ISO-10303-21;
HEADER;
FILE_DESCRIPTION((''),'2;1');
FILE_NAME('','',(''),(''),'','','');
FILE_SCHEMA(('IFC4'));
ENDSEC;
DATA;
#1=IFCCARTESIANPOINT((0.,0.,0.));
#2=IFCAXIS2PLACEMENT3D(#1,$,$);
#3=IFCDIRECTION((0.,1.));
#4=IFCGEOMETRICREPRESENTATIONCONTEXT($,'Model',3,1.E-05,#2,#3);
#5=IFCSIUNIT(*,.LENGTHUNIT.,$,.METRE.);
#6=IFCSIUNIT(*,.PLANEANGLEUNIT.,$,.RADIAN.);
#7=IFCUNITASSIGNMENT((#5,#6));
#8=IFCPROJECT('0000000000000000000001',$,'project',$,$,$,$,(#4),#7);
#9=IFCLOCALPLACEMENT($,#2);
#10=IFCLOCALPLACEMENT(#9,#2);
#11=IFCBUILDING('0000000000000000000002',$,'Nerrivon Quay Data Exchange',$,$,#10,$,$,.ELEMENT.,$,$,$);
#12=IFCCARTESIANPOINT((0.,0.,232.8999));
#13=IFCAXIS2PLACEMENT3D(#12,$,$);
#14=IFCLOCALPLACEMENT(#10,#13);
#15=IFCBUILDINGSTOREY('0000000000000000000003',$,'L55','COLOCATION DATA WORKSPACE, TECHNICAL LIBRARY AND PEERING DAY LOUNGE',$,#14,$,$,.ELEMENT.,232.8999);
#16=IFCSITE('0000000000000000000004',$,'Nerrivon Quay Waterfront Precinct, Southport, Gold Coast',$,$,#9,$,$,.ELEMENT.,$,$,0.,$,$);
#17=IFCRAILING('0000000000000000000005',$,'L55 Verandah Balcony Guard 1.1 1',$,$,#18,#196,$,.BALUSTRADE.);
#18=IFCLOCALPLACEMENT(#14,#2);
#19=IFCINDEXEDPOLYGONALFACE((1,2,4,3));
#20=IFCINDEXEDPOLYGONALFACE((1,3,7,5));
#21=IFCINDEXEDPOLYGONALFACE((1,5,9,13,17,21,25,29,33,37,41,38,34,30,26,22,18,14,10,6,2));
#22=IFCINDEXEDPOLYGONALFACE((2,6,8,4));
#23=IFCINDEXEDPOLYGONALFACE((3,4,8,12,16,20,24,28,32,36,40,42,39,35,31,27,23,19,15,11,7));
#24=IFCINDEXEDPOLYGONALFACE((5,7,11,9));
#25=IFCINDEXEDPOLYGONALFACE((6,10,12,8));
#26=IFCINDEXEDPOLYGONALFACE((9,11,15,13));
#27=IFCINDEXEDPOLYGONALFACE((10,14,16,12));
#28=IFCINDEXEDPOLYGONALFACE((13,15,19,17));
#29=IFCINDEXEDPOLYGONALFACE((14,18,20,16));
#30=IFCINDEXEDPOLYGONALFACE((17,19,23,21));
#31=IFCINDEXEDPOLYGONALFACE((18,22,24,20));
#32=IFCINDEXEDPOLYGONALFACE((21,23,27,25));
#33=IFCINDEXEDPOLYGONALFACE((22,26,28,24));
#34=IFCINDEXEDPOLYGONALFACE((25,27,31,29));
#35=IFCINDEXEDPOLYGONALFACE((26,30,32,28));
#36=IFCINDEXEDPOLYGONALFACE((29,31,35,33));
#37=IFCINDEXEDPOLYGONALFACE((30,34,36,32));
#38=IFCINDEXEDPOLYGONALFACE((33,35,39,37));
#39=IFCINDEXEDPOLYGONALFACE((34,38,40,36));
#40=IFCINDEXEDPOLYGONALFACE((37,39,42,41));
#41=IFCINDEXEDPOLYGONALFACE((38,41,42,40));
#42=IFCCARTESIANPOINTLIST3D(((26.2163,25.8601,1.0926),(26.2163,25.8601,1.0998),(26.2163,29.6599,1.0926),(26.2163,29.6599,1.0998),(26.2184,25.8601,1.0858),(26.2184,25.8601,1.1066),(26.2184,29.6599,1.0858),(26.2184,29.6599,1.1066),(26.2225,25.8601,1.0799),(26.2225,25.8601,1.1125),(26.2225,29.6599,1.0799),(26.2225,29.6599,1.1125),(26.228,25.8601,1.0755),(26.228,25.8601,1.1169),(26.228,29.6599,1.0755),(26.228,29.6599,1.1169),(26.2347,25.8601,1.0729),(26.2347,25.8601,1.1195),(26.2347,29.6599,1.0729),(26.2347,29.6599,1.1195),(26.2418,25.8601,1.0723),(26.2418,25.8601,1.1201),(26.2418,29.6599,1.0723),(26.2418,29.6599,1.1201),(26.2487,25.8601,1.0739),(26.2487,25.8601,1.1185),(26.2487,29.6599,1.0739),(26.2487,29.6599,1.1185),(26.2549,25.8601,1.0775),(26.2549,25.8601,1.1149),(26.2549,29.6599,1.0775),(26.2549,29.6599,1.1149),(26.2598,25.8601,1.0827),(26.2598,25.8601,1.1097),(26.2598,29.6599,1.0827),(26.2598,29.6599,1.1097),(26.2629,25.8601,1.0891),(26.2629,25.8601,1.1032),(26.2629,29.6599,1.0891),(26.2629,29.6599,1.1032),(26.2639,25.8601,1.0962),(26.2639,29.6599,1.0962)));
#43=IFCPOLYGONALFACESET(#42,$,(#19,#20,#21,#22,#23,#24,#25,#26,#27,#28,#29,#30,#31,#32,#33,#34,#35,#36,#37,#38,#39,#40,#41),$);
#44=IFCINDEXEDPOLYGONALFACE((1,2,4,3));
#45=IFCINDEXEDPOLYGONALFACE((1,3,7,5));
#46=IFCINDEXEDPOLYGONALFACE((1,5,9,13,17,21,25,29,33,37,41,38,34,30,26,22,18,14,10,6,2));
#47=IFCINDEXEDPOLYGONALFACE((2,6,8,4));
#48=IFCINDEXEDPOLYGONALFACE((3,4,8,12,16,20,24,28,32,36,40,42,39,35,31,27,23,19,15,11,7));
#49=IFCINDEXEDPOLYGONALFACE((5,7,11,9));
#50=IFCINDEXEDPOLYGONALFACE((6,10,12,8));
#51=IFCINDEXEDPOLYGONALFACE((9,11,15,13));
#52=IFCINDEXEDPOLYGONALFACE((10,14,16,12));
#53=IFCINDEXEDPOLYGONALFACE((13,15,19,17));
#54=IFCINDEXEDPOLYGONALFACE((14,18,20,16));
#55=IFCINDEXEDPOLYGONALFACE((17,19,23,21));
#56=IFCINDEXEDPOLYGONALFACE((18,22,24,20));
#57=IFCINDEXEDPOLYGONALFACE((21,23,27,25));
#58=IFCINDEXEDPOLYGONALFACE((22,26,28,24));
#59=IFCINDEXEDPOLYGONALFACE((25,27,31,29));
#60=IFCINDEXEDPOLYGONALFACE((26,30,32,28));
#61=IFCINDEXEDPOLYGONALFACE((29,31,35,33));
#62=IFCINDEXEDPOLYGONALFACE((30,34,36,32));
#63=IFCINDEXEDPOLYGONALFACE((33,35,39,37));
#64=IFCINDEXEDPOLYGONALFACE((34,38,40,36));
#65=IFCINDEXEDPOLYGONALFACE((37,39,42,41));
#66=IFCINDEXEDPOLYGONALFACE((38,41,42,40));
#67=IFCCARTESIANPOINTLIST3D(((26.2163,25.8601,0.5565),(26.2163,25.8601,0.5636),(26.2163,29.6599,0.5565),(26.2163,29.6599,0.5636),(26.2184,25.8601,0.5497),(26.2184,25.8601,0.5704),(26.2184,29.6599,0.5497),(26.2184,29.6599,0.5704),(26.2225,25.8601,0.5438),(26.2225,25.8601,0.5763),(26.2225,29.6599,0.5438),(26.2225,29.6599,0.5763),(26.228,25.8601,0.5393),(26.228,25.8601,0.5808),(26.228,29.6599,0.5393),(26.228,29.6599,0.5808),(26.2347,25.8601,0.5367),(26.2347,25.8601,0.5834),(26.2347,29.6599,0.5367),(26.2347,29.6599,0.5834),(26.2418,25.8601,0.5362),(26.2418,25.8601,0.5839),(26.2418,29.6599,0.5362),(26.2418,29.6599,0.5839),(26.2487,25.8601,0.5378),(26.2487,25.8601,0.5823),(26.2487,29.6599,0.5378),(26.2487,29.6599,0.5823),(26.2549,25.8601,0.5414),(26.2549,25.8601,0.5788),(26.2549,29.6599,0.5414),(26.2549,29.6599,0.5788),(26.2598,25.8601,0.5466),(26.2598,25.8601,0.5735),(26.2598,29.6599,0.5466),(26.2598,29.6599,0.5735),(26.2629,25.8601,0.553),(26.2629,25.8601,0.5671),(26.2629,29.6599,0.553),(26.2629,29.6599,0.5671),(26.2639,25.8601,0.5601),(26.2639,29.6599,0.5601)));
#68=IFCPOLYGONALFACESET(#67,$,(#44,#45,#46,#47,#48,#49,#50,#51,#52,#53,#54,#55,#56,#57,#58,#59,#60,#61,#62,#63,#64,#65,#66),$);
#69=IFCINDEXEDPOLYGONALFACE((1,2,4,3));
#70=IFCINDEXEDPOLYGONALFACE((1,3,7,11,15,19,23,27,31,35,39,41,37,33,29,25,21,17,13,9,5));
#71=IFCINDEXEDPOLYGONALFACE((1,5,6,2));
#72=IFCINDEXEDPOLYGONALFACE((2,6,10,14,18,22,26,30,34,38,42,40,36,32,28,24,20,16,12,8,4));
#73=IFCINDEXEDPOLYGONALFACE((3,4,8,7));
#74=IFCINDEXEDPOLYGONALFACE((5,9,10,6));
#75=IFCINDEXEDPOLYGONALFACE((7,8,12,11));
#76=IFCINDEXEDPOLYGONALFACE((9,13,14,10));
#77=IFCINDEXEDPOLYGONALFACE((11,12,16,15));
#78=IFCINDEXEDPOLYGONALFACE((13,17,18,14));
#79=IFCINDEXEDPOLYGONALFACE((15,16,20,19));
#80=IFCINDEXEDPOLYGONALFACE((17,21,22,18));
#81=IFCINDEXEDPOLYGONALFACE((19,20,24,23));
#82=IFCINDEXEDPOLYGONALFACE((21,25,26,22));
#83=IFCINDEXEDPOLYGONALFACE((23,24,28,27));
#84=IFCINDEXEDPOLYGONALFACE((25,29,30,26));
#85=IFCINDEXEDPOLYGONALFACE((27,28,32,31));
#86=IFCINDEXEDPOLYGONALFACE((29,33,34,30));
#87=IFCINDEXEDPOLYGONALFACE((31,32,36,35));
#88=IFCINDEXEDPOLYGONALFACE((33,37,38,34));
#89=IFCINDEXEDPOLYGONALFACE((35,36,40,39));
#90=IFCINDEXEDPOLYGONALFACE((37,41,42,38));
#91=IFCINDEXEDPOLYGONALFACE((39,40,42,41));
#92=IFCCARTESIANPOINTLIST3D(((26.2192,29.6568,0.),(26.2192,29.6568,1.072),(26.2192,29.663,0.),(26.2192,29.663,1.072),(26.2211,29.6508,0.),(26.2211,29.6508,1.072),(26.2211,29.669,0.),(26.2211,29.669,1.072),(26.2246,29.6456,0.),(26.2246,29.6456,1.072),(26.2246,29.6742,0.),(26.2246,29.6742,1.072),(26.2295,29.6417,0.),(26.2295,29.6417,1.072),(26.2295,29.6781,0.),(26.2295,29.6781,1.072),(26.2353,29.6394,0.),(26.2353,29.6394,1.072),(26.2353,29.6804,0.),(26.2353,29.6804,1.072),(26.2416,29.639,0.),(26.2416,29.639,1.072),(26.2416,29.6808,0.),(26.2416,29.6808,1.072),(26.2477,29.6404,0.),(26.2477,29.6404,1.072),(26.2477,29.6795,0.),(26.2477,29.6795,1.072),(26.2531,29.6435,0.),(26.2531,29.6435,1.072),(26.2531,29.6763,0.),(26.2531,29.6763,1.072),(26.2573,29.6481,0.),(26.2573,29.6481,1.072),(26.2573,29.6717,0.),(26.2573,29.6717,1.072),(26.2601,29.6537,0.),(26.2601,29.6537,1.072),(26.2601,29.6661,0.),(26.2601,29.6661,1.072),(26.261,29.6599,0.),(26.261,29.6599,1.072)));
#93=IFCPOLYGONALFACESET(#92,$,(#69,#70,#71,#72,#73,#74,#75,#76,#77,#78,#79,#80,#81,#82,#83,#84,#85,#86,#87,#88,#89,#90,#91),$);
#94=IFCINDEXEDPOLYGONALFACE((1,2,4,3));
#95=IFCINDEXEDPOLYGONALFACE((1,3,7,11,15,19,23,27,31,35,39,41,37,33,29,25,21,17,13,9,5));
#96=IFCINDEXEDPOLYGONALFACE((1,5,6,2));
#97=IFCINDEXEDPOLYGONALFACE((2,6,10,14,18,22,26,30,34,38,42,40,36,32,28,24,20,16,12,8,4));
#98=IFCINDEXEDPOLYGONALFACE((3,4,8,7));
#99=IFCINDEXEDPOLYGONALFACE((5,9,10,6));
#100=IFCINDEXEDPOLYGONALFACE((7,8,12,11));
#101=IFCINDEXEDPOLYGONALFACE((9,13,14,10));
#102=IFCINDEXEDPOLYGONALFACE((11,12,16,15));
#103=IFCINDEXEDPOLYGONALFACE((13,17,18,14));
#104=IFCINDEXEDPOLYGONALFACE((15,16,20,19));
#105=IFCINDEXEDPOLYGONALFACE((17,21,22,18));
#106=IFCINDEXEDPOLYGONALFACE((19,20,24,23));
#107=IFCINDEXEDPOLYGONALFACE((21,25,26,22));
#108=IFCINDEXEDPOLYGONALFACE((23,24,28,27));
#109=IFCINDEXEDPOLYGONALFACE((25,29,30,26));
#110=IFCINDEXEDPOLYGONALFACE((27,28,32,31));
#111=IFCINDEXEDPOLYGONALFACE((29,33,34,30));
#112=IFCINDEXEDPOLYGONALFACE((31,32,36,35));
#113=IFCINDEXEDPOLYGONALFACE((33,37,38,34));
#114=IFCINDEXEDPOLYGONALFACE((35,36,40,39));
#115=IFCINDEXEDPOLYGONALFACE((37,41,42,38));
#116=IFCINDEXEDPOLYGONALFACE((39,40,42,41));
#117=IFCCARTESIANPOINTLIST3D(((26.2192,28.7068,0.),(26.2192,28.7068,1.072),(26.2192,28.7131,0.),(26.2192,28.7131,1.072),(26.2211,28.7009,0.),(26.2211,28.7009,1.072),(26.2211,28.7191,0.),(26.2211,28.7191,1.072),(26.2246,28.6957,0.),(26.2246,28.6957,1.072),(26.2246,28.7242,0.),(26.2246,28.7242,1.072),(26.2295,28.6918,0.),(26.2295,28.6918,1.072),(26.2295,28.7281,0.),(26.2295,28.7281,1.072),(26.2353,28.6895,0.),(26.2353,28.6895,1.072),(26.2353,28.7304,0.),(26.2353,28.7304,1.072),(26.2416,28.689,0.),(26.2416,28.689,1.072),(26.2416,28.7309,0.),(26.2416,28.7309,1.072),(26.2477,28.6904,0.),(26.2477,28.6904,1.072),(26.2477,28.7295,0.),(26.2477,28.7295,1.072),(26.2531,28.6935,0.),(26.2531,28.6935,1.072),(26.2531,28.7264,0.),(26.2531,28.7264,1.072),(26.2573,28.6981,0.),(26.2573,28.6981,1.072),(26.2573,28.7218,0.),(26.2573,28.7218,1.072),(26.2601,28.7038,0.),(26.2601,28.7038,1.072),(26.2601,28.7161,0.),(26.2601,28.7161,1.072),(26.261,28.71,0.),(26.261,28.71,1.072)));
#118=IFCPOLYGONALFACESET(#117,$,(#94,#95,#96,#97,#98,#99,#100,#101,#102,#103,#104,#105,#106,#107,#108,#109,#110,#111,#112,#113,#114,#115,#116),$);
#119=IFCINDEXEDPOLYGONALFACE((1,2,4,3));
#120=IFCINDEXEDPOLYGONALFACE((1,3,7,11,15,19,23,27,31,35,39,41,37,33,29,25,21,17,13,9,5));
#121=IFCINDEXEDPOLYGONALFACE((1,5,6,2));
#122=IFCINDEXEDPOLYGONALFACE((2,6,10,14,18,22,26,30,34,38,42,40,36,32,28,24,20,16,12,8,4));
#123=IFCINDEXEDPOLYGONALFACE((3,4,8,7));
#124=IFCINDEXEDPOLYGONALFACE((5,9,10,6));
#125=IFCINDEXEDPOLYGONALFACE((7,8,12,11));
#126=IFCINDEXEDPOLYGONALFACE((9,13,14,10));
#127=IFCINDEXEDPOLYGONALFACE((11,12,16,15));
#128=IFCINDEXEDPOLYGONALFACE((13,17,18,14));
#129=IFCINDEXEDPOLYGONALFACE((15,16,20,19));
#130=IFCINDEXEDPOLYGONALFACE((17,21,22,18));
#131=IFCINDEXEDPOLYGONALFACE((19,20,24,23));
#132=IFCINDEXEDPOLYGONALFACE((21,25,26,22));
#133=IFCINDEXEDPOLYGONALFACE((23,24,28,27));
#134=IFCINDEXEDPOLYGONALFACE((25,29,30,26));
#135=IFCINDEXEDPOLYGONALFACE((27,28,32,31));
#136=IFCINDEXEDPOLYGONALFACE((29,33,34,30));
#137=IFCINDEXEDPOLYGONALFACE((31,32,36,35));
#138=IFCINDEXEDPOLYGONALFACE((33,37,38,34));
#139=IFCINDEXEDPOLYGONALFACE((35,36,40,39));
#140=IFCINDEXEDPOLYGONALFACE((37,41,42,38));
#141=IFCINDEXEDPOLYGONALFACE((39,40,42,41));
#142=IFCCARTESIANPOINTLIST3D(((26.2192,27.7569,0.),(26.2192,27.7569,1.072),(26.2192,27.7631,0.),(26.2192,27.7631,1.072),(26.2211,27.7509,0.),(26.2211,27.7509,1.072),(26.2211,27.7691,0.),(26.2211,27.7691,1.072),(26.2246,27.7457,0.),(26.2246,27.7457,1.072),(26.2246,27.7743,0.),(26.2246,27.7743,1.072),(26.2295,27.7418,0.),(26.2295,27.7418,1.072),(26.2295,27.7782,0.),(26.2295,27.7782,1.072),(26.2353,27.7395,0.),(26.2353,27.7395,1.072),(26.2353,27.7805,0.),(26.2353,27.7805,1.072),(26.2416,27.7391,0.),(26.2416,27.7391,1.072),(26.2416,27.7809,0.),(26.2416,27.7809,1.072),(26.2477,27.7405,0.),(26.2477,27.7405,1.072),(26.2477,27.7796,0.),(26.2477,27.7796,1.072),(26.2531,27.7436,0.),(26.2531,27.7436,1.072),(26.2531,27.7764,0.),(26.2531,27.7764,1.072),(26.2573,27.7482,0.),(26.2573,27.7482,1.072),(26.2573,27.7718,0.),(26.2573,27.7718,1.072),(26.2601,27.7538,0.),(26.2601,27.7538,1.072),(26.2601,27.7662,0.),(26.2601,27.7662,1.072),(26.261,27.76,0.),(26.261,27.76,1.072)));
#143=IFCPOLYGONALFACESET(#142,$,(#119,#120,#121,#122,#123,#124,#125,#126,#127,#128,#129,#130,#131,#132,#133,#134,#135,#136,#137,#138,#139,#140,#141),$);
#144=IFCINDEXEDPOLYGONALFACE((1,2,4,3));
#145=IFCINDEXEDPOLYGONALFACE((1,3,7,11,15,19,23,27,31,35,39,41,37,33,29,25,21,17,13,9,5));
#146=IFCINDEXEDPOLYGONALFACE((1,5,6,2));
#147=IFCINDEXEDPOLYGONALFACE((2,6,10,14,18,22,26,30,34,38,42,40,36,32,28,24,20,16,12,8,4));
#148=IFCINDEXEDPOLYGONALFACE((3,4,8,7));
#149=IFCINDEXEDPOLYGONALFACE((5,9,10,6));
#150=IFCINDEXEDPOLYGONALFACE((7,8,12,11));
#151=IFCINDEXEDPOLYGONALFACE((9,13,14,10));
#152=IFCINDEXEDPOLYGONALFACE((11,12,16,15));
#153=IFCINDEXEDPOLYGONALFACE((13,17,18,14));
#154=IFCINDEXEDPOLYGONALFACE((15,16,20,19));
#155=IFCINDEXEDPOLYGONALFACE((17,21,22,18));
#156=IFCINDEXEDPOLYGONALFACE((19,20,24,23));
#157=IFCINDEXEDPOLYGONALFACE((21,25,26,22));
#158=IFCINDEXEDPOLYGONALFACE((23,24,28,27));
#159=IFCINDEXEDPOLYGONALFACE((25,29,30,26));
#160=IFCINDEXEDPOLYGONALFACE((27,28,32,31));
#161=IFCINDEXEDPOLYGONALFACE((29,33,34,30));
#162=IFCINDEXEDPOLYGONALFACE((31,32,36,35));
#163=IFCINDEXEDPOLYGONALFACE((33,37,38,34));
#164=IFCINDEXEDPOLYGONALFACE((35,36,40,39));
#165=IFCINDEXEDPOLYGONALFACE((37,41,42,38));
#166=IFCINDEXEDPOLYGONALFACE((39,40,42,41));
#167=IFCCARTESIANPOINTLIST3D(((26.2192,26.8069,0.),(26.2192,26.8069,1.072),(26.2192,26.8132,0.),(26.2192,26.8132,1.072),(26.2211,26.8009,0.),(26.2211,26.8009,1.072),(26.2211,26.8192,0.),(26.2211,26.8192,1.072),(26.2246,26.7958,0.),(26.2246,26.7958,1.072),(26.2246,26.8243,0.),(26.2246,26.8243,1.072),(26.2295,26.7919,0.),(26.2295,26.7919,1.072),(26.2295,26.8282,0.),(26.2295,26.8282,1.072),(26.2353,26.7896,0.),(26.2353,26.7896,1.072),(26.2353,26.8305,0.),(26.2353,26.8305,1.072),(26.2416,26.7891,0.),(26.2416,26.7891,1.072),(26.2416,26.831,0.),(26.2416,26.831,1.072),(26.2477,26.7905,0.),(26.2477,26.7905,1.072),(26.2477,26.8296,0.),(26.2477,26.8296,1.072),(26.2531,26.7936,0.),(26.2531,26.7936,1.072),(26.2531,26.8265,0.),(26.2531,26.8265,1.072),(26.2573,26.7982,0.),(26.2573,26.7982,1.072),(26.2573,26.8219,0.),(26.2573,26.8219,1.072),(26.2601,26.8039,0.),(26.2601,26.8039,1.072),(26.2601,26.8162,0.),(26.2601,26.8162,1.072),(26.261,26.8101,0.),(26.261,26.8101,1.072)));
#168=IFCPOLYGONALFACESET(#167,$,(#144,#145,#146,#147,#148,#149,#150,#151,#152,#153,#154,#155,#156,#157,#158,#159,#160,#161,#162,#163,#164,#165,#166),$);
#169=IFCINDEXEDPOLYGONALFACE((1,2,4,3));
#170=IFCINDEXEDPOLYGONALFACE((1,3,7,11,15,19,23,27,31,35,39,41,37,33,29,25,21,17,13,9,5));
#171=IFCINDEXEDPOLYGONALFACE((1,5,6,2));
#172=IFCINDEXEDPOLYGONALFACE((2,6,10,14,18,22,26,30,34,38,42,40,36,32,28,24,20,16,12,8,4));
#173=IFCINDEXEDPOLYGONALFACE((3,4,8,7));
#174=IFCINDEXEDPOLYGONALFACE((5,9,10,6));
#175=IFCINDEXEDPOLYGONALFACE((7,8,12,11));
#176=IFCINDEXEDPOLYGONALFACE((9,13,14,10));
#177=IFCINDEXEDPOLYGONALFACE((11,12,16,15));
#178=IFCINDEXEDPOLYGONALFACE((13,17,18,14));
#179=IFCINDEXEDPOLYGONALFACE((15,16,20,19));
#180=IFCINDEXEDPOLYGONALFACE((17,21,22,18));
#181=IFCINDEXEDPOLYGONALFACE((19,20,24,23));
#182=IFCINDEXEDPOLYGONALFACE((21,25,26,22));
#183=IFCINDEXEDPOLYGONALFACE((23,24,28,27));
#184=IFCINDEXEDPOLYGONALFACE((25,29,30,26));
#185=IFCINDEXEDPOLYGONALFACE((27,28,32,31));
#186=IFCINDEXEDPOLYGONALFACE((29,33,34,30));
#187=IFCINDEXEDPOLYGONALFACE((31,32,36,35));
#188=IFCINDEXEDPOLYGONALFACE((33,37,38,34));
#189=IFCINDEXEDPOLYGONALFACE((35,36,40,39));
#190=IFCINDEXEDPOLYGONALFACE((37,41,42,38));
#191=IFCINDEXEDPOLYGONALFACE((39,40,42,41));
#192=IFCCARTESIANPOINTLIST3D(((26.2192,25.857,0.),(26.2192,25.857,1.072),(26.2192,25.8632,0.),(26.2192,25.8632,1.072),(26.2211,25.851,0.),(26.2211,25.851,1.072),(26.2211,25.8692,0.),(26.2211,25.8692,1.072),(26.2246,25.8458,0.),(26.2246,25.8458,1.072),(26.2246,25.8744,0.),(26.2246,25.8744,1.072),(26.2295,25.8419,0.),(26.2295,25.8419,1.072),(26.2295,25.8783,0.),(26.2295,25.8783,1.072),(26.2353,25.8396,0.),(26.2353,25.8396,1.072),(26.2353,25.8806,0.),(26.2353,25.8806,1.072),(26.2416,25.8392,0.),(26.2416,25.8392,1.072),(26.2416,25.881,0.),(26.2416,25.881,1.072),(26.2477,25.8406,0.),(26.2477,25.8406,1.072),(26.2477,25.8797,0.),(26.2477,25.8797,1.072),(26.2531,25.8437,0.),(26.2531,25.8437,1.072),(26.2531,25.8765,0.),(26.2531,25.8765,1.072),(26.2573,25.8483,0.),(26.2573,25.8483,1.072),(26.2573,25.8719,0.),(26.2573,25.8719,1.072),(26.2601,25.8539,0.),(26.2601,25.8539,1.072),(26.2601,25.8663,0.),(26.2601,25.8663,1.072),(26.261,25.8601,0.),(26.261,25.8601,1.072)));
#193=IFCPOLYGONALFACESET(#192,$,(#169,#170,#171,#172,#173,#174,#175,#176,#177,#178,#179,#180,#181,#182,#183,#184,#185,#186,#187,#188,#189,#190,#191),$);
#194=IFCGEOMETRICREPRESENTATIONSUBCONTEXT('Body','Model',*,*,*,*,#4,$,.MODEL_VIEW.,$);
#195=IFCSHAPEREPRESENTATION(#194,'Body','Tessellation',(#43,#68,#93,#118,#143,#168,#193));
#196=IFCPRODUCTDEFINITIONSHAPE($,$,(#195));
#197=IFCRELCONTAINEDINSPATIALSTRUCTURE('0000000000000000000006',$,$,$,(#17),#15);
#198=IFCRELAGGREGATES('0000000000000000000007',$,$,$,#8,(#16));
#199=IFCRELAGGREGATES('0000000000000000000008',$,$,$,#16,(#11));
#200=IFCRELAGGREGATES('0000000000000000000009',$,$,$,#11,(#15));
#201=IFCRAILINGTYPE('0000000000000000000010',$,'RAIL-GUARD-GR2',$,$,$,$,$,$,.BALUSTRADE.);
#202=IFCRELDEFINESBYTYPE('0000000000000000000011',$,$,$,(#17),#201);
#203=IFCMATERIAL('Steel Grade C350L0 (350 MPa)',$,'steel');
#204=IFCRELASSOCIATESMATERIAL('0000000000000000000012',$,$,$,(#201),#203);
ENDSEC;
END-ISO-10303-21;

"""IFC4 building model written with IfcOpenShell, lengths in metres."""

from ifc_helpers import new_model, si_unit, direction, frame, origin, origin_2d, place, context, subcontext, project, spatial, circle, extrude, material, type_object, element, save


model = new_model("IFC4")

# Units and contexts
model_context = context("Model", 3, precision=1e-05, world=origin(), true_north=direction((0.0, 1.0)))
body_context = subcontext(model_context, "Body", "Model", "MODEL_VIEW")
ifc_project = project(units=[si_unit("LENGTHUNIT", "METRE"), si_unit("PLANEANGLEUNIT", "RADIAN")], contexts=[model_context])

# Site, building, storey
site_placement = place(None, origin())
site = spatial("IfcSite", under=ifc_project, at=site_placement, Name="Nerrivon Quay Waterfront Precinct, Southport, Gold Coast", CompositionType="ELEMENT", RefElevation=0.0)
building_placement = place(site_placement, origin())
building = spatial("IfcBuilding", under=site, at=building_placement, Name="Nerrivon Quay Data Exchange", CompositionType="ELEMENT")
storey_placement = place(building_placement, frame((0.0, 0.0, 232.8999)))
storey = spatial("IfcBuildingStorey", under=building, at=storey_placement, Name="L55", Description="COLOCATION DATA WORKSPACE, TECHNICAL LIBRARY AND PEERING DAY LOUNGE", CompositionType="ELEMENT", Elevation=232.8999)

# Shared definitions
ifc_material_1 = material(Name="Steel Grade C350L0 (350 MPa)", Category="steel")

# Railing
railing_type = type_object("IfcRailingType", Name="RAIL-GUARD-GR2", PredefinedType="BALUSTRADE", material=ifc_material_1)
railing_1_placement = place(storey_placement, frame((26.24, 29.6599, 0.0)))
element("IfcRailing", 1, at=railing_1_placement, inside=storey, type_object=railing_type, Name="L55 Verandah Balcony Guard 1.1 1", PredefinedType="BALUSTRADE", context=body_context, shape_type="SweptSolid", body=[
    extrude(circle(Radius=0.0239, at=origin_2d()), frame((0.0, 0.0, 1.0962), z_axis=(0.0, -1.0, 0.0), x_axis=(1.0, 0.0, 0.0)), (0.0, 0.0, 1.0), 3.7998),
    extrude(circle(Radius=0.0239, at=origin_2d()), frame((0.0, 0.0, 0.5601), z_axis=(0.0, -1.0, 0.0), x_axis=(1.0, 0.0, 0.0)), (0.0, 0.0, 1.0), 3.7998),
    extrude(circle(Radius=0.021, at=origin_2d()), origin(), (0.0, 0.0, 1.0), 1.072),
    extrude(circle(Radius=0.021, at=origin_2d()), frame((0.0, -0.95, 0.0)), (0.0, 0.0, 1.0), 1.072),
    extrude(circle(Radius=0.021, at=origin_2d()), frame((0.0, -1.8999, 0.0)), (0.0, 0.0, 1.0), 1.072),
    extrude(circle(Radius=0.021, at=origin_2d()), frame((0.0, -2.8499, 0.0)), (0.0, 0.0, 1.0), 1.072),
    extrude(circle(Radius=0.021, at=origin_2d()), frame((0.0, -3.7998, 0.0)), (0.0, 0.0, 1.0), 1.072),
])

save(model, "model.ifc")
